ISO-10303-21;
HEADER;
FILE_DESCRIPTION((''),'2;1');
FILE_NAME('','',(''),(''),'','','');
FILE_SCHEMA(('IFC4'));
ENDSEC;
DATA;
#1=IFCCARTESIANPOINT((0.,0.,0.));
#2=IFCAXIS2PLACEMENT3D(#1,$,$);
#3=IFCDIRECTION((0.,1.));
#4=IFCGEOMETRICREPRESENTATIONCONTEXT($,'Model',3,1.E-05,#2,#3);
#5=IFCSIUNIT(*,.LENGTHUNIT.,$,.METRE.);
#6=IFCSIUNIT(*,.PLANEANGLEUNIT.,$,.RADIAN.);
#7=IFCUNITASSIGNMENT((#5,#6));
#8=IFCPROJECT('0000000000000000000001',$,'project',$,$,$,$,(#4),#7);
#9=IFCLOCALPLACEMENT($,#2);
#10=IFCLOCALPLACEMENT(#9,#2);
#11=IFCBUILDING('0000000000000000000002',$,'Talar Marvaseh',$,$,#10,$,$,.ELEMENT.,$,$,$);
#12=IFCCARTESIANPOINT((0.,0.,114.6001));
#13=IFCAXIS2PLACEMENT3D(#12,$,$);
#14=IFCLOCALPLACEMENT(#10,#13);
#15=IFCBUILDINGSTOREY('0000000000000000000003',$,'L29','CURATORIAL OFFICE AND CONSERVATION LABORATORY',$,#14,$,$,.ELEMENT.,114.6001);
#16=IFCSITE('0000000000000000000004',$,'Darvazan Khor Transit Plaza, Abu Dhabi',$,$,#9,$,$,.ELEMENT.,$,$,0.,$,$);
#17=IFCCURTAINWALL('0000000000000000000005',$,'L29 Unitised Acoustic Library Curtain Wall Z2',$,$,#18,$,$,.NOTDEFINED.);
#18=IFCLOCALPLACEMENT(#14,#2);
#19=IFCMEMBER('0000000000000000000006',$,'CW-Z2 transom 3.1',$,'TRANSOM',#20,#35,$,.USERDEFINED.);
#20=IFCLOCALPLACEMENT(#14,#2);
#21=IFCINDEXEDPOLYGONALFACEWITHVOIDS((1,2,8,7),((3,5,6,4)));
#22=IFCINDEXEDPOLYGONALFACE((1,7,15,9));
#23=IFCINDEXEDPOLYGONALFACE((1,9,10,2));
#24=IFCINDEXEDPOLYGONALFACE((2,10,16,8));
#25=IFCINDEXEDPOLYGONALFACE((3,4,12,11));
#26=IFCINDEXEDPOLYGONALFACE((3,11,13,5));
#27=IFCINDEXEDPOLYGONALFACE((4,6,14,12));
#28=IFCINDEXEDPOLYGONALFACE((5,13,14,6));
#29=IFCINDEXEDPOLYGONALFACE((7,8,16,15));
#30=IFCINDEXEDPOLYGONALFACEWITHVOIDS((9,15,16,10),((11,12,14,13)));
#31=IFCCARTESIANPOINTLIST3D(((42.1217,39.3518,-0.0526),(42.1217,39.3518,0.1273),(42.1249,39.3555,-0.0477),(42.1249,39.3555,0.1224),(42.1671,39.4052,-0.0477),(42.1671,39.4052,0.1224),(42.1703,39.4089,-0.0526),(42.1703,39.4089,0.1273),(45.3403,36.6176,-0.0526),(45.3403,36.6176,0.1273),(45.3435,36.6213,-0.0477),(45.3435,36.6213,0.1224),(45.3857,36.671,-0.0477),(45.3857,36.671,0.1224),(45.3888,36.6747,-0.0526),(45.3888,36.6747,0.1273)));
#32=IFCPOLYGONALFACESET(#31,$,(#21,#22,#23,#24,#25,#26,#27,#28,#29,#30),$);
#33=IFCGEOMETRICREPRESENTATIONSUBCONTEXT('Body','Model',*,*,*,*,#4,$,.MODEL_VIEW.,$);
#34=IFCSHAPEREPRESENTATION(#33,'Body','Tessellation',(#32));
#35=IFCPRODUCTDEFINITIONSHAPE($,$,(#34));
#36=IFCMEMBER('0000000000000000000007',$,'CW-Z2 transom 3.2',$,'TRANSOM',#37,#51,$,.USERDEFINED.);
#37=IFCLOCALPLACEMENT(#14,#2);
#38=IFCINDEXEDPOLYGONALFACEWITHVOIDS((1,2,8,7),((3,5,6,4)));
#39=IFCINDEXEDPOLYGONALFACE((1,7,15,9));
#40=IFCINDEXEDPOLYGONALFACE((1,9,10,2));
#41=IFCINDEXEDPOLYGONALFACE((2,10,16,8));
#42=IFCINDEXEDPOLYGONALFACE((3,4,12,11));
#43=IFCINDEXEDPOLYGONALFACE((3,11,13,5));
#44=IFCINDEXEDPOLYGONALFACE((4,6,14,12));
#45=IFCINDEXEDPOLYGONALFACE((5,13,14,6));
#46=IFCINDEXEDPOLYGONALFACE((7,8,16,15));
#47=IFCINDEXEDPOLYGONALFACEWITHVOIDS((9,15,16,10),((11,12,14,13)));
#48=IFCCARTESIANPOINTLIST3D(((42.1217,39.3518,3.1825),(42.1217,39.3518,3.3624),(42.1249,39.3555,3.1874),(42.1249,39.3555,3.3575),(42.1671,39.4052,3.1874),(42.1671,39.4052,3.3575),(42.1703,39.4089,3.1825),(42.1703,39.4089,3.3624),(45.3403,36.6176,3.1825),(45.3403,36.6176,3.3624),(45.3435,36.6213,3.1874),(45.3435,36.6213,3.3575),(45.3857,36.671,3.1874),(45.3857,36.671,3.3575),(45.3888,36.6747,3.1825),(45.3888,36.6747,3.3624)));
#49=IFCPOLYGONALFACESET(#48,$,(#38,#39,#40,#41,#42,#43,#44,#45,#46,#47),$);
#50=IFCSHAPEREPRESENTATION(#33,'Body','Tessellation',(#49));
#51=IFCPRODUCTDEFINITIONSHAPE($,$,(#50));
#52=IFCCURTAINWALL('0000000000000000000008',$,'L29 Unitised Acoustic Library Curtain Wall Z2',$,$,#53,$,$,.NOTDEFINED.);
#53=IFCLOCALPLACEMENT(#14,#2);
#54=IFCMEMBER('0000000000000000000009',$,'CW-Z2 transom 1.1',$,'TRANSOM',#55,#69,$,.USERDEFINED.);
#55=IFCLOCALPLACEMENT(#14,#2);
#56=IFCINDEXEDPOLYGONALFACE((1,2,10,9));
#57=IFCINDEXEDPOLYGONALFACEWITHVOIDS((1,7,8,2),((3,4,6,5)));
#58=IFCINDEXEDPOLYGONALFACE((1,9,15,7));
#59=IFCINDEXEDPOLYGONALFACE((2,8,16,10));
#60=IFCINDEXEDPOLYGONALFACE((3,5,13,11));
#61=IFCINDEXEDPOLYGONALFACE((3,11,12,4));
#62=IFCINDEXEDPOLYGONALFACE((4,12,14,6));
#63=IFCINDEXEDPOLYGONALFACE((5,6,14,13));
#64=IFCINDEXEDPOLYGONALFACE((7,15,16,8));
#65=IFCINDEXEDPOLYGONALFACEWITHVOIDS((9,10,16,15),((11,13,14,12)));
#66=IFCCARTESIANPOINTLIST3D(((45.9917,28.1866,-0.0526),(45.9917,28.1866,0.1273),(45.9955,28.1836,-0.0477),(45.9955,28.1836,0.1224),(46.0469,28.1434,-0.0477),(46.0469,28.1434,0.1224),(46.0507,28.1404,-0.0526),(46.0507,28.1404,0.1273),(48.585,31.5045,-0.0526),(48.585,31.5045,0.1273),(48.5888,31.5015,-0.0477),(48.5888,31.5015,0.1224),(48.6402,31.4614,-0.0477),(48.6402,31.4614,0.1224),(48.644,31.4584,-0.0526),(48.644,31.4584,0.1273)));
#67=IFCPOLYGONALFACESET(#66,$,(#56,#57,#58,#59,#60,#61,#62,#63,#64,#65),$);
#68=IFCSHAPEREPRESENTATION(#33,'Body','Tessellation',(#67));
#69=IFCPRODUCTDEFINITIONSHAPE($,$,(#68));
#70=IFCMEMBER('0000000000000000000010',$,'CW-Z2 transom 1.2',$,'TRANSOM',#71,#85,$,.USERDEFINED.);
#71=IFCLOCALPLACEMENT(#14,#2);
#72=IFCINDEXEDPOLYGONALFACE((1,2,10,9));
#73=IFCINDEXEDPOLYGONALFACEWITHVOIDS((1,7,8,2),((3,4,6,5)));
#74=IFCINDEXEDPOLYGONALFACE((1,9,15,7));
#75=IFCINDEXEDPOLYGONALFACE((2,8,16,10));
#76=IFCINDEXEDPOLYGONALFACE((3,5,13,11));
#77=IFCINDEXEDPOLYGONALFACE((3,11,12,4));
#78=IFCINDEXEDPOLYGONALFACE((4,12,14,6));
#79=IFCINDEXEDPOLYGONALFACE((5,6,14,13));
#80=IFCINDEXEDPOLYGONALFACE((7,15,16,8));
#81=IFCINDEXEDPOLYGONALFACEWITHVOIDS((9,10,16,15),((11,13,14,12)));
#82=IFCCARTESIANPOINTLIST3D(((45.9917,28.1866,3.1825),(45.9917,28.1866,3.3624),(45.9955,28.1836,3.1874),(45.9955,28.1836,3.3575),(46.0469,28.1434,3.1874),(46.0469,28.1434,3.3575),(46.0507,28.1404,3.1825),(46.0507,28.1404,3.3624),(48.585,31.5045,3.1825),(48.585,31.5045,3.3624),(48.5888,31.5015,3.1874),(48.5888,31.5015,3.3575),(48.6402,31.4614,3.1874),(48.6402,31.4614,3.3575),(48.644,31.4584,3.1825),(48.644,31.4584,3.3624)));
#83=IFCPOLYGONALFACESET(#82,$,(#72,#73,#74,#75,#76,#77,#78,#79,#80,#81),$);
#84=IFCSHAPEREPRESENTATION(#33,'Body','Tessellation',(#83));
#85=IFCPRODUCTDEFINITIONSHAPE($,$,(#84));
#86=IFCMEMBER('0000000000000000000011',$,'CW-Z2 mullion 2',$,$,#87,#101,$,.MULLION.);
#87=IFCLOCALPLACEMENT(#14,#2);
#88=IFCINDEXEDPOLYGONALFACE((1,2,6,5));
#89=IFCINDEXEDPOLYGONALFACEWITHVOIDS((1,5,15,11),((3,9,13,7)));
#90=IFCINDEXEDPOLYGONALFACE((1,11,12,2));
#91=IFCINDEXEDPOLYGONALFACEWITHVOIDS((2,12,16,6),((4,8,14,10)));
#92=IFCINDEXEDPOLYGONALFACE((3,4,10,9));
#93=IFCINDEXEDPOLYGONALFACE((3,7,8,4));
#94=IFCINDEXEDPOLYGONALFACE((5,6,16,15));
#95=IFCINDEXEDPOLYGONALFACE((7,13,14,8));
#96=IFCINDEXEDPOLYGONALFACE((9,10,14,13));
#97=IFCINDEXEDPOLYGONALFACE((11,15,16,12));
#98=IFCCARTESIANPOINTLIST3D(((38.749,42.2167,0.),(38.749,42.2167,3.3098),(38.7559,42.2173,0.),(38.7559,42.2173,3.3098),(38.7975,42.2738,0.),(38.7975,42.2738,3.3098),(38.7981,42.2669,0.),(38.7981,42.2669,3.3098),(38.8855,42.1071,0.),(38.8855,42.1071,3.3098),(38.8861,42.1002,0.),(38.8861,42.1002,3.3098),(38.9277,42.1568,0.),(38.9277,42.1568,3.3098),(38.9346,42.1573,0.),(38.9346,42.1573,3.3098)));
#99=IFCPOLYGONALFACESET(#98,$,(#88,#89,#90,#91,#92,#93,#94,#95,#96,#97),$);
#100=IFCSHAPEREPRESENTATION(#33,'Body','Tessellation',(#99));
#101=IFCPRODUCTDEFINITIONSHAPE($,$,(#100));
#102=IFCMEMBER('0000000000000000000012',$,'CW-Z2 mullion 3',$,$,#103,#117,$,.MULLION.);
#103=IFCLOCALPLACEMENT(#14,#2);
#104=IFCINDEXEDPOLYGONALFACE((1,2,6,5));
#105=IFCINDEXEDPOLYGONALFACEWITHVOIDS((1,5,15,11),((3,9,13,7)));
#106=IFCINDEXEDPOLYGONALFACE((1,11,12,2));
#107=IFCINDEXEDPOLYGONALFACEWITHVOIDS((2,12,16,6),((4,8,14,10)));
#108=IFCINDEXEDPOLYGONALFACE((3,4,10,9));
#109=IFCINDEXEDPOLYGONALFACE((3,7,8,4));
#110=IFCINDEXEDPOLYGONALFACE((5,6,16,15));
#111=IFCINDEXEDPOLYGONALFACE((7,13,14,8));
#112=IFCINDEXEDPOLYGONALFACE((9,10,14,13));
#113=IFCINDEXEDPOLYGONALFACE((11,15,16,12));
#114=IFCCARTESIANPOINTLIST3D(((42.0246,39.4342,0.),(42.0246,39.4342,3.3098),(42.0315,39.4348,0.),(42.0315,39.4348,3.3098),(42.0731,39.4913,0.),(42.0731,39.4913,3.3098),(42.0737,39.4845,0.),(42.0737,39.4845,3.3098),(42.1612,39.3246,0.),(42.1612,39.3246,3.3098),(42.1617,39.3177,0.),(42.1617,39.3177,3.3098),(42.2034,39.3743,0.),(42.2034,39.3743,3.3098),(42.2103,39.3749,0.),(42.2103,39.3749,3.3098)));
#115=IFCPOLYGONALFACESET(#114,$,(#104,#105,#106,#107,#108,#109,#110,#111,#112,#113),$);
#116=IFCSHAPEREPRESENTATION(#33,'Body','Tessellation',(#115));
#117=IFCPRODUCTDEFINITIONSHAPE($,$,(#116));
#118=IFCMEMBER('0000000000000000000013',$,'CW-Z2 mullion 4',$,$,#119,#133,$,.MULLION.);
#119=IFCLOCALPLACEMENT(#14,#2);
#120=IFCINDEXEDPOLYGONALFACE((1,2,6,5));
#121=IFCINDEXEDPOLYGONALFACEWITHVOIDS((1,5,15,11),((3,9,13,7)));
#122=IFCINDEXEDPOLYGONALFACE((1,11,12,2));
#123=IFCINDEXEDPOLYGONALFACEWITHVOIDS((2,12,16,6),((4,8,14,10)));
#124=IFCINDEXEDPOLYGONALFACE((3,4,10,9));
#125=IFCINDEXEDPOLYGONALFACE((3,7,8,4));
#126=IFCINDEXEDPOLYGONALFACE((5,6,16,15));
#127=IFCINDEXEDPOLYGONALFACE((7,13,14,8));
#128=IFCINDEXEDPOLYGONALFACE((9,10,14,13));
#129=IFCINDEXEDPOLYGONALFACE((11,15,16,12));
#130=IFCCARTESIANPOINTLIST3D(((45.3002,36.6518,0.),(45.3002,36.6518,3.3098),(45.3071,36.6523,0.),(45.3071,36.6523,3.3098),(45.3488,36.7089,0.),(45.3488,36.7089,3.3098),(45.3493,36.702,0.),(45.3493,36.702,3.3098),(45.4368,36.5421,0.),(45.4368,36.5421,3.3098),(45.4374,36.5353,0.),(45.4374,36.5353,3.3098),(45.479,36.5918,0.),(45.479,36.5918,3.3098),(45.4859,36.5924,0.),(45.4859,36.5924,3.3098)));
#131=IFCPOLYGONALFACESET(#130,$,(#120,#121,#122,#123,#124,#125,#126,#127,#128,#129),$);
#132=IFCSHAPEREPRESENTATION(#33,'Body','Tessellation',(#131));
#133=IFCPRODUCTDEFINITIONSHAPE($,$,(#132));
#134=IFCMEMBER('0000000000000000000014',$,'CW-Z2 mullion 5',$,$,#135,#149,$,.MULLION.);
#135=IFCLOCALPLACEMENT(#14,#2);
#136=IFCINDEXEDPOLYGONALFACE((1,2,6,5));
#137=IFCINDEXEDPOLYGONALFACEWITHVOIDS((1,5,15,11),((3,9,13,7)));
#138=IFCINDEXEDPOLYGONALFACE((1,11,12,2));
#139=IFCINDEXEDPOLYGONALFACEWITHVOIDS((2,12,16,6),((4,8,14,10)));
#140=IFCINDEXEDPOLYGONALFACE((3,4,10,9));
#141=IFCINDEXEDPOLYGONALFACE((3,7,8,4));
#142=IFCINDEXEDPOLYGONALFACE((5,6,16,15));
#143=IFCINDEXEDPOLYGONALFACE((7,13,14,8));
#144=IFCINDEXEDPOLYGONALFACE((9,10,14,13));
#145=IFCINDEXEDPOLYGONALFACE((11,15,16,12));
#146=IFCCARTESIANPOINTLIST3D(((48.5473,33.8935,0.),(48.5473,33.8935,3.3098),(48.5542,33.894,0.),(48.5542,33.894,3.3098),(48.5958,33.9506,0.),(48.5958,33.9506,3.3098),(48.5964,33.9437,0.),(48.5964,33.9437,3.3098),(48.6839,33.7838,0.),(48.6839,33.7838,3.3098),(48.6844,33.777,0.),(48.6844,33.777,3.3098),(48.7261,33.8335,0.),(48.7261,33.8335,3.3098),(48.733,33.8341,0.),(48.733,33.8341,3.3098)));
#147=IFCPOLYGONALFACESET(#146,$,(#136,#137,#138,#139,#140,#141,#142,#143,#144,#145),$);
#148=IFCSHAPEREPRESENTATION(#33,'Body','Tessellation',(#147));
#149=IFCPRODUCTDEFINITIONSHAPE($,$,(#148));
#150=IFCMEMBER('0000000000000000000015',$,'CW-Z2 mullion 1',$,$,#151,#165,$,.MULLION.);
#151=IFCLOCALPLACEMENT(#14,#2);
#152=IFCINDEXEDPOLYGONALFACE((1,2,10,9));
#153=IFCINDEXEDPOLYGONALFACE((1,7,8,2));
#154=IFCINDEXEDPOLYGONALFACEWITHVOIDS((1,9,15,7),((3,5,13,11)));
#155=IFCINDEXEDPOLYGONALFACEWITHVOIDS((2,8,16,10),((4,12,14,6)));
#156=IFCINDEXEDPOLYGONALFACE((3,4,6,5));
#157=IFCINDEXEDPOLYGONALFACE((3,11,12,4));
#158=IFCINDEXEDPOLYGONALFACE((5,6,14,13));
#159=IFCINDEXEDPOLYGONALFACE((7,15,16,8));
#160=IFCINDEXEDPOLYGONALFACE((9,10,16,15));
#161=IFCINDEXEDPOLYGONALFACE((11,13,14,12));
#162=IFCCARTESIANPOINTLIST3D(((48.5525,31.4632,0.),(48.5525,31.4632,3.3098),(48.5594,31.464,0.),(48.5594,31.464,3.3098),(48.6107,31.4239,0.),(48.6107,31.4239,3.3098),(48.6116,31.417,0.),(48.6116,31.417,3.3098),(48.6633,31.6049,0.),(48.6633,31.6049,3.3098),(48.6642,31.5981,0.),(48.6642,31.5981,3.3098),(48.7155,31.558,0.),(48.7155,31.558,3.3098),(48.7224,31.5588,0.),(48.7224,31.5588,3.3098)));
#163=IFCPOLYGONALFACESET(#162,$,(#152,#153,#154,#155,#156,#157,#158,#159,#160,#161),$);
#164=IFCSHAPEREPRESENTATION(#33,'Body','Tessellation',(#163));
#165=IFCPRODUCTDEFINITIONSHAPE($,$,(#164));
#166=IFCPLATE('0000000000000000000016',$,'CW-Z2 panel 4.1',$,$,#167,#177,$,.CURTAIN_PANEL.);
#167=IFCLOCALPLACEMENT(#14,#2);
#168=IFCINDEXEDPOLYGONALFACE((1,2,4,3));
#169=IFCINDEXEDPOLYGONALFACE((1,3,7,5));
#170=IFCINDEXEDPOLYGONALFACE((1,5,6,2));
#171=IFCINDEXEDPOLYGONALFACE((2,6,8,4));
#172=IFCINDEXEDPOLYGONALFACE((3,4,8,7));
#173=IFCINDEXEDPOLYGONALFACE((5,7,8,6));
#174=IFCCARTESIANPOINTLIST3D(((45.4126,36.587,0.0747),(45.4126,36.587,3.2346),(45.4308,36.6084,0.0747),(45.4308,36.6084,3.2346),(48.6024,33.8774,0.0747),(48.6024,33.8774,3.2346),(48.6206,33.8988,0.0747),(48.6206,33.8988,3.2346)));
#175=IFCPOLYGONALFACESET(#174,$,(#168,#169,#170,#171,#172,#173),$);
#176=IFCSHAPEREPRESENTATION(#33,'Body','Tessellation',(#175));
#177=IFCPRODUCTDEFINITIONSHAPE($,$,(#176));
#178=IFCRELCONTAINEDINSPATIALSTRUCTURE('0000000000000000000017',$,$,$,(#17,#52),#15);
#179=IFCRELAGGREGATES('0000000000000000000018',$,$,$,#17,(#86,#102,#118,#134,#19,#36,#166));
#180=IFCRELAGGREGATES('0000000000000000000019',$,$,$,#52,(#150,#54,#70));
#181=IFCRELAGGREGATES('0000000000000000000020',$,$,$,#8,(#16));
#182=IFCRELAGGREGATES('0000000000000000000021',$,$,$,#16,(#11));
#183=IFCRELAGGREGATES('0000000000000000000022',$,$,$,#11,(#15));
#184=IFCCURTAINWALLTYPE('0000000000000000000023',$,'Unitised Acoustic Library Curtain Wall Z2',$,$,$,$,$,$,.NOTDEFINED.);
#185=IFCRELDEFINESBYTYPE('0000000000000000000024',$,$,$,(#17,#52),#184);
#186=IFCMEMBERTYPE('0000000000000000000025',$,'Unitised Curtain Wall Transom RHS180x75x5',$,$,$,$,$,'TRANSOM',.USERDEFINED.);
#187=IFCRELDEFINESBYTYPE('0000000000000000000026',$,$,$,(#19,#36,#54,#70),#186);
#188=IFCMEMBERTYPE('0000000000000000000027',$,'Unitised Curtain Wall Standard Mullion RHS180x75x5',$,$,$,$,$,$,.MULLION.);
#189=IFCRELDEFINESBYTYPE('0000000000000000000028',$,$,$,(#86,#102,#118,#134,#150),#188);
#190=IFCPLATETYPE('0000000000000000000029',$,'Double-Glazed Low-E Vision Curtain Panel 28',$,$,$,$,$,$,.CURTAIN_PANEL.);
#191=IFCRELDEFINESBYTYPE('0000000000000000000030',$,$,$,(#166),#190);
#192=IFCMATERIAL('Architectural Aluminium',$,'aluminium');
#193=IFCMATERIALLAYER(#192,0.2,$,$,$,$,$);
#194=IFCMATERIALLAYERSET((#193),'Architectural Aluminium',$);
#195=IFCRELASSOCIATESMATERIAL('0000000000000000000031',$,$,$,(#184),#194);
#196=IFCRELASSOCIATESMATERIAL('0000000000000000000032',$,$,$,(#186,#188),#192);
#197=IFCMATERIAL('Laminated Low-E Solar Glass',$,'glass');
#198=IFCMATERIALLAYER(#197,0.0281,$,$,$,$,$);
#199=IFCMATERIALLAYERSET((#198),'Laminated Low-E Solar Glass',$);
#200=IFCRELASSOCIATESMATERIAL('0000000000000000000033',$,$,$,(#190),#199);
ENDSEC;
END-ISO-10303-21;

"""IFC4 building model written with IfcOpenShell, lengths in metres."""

from ifc_helpers import new_model, si_unit, direction, frame, origin, origin_2d, place, context, subcontext, project, spatial, rectangle, hollow_rectangle, extrude, source, transform, mapped, material, layer, layer_set, material_profile, profile_set, type_object, type_shapes, element, aggregate, save


model = new_model("IFC4")

# Units and contexts
model_context = context("Model", 3, precision=1e-05, world=origin(), true_north=direction((0.0, 1.0)))
body_context = subcontext(model_context, "Body", "Model", "MODEL_VIEW")
ifc_project = project(units=[si_unit("LENGTHUNIT", "METRE"), si_unit("PLANEANGLEUNIT", "RADIAN")], contexts=[model_context])

# Site, building, storey
site_placement = place(None, origin())
site = spatial("IfcSite", under=ifc_project, at=site_placement, Name="Darvazan Khor Transit Plaza, Abu Dhabi", CompositionType="ELEMENT", RefElevation=0.0)
building_placement = place(site_placement, origin())
building = spatial("IfcBuilding", under=site, at=building_placement, Name="Talar Marvaseh", CompositionType="ELEMENT")
storey_placement = place(building_placement, frame((0.0, 0.0, 114.6001)))
storey = spatial("IfcBuildingStorey", under=building, at=storey_placement, Name="L29", Description="CURATORIAL OFFICE AND CONSERVATION LABORATORY", CompositionType="ELEMENT", Elevation=114.6001)

# Curtain walls, members
ifc_material_1 = material(Name="Architectural Aluminium", Category="aluminium")
ifc_layer_1 = layer(ifc_material_1, 0.2)
ifc_layer_set_1 = layer_set([ifc_layer_1], Name="Architectural Aluminium")
curtain_wall_type = type_object("IfcCurtainWallType", Name="Unitised Acoustic Library Curtain Wall Z2", PredefinedType="NOTDEFINED", material=ifc_layer_set_1)
curtain_wall_1_placement = place(storey_placement, origin())
curtain_wall_1 = element("IfcCurtainWall", 1, at=curtain_wall_1_placement, inside=storey, type_object=curtain_wall_type, Name="L29 Unitised Acoustic Library Curtain Wall Z2", PredefinedType="NOTDEFINED")
ifc_material_profile_1 = material_profile(ifc_material_1, hollow_rectangle(XDim=0.075, YDim=0.1799, WallThickness=0.0049, at=origin_2d()), Name="RHS180x75x5")
ifc_profile_set_1 = profile_set([ifc_material_profile_1], Name="Architectural Aluminium")
member_type_1 = type_object("IfcMemberType", Name="Unitised Curtain Wall Transom RHS180x75x5", ElementType="TRANSOM", PredefinedType="USERDEFINED", material=ifc_profile_set_1)
shared_shape_1 = source(origin(), body_context, "Body", "SweptSolid", [
    extrude(hollow_rectangle(XDim=0.075, YDim=0.1799, WallThickness=0.0049, at=origin_2d()), origin(), (0.0, 0.0, 1.0), 4.2231),
])
member_1_placement = place(storey_placement, frame((42.146, 39.3804, 0.0374), z_axis=(0.762126, -0.647429, 0.0), x_axis=(0.647429, 0.762126, 0.0)))
member_1 = element("IfcMember", 2, at=member_1_placement, type_object=member_type_1, Name="CW-Z2 transom 3.1", ObjectType="TRANSOM", PredefinedType="USERDEFINED", context=body_context, shape_type="MappedRepresentation", body=[
    mapped(shared_shape_1, transform((0.0, 0.0, 0.0), x_axis=(1.0, 0.0, 0.0), y_axis=(0.0, 1.0, 0.0), z_axis=(0.0, 0.0, 1.0), scale=1.0)),
])
member_2_placement = place(storey_placement, frame((42.146, 39.3804, 3.2725), z_axis=(0.762126, -0.647429, 0.0), x_axis=(0.647429, 0.762126, 0.0)))
member_2 = element("IfcMember", 3, at=member_2_placement, type_object=member_type_1, Name="CW-Z2 transom 3.2", ObjectType="TRANSOM", PredefinedType="USERDEFINED", context=body_context, shape_type="MappedRepresentation", body=[
    mapped(shared_shape_1, transform((0.0, 0.0, 0.0), x_axis=(1.0, 0.0, 0.0), y_axis=(0.0, 1.0, 0.0), z_axis=(0.0, 0.0, 1.0), scale=1.0)),
])
curtain_wall_2_placement = place(storey_placement, origin())
curtain_wall_2 = element("IfcCurtainWall", 4, at=curtain_wall_2_placement, inside=storey, type_object=curtain_wall_type, Name="L29 Unitised Acoustic Library Curtain Wall Z2", PredefinedType="NOTDEFINED")
shared_shape_2 = source(origin(), body_context, "Body", "SweptSolid", [
    extrude(hollow_rectangle(XDim=0.075, YDim=0.1799, WallThickness=0.0049, at=origin_2d()), origin(), (0.0, 0.0, 1.0), 4.2112),
])
member_3_placement = place(storey_placement, frame((48.6145, 31.4814, 0.0374), z_axis=(-0.615817, -0.787889, 0.0), x_axis=(0.787889, -0.615817, 0.0)))
member_3 = element("IfcMember", 5, at=member_3_placement, type_object=member_type_1, Name="CW-Z2 transom 1.1", ObjectType="TRANSOM", PredefinedType="USERDEFINED", context=body_context, shape_type="MappedRepresentation", body=[
    mapped(shared_shape_2, transform((0.0, 0.0, 0.0), x_axis=(1.0, 0.0, 0.0), y_axis=(0.0, 1.0, 0.0), z_axis=(0.0, 0.0, 1.0), scale=1.0)),
])
member_4_placement = place(storey_placement, frame((48.6145, 31.4814, 3.2725), z_axis=(-0.615817, -0.787889, 0.0), x_axis=(0.787889, -0.615817, 0.0)))
member_4 = element("IfcMember", 6, at=member_4_placement, type_object=member_type_1, Name="CW-Z2 transom 1.2", ObjectType="TRANSOM", PredefinedType="USERDEFINED", context=body_context, shape_type="MappedRepresentation", body=[
    mapped(shared_shape_2, transform((0.0, 0.0, 0.0), x_axis=(1.0, 0.0, 0.0), y_axis=(0.0, 1.0, 0.0), z_axis=(0.0, 0.0, 1.0), scale=1.0)),
])

# Members
ifc_material_profile_2 = material_profile(ifc_material_1, hollow_rectangle(XDim=0.075, YDim=0.1799, WallThickness=0.0049, at=origin_2d()), Name="RHS180x75x5")
ifc_profile_set_2 = profile_set([ifc_material_profile_2], Name="Architectural Aluminium")
member_type_2 = type_object("IfcMemberType", Name="Unitised Curtain Wall Standard Mullion RHS180x75x5", PredefinedType="MULLION", material=ifc_profile_set_2)
shared_shape_3 = source(origin(), body_context, "Body", "SweptSolid", [
    extrude(hollow_rectangle(XDim=0.075, YDim=0.1799, WallThickness=0.0049, at=origin_2d()), origin(), (0.0, 0.0, 1.0), 3.3098),
])
type_shapes(member_type_2, [shared_shape_3])
member_5_placement = place(storey_placement, frame((38.8418, 42.187, 0.0), z_axis=(0.0, 0.0, 1.0), x_axis=(0.647404, 0.762147, 0.0)))
member_5 = element("IfcMember", 7, at=member_5_placement, type_object=member_type_2, Name="CW-Z2 mullion 2", PredefinedType="MULLION", context=body_context, shape_type="MappedRepresentation", body=[
    mapped(shared_shape_3, transform((0.0, 0.0, 0.0), x_axis=(1.0, 0.0, 0.0), y_axis=(0.0, 1.0, 0.0), z_axis=(0.0, 0.0, 1.0), scale=1.0)),
])
member_6_placement = place(storey_placement, frame((42.1174, 39.4045, 0.0), z_axis=(0.0, 0.0, 1.0), x_axis=(0.647404, 0.762147, 0.0)))
member_6 = element("IfcMember", 8, at=member_6_placement, type_object=member_type_2, Name="CW-Z2 mullion 3", PredefinedType="MULLION", context=body_context, shape_type="MappedRepresentation", body=[
    mapped(shared_shape_3, transform((0.0, 0.0, 0.0), x_axis=(1.0, 0.0, 0.0), y_axis=(0.0, 1.0, 0.0), z_axis=(0.0, 0.0, 1.0), scale=1.0)),
])
member_7_placement = place(storey_placement, frame((45.3931, 36.6221, 0.0), z_axis=(0.0, 0.0, 1.0), x_axis=(0.647404, 0.762147, 0.0)))
member_7 = element("IfcMember", 9, at=member_7_placement, type_object=member_type_2, Name="CW-Z2 mullion 4", PredefinedType="MULLION", context=body_context, shape_type="MappedRepresentation", body=[
    mapped(shared_shape_3, transform((0.0, 0.0, 0.0), x_axis=(1.0, 0.0, 0.0), y_axis=(0.0, 1.0, 0.0), z_axis=(0.0, 0.0, 1.0), scale=1.0)),
])
member_8_placement = place(storey_placement, frame((48.6401, 33.8638, 0.0), z_axis=(0.0, 0.0, 1.0), x_axis=(0.647404, 0.762147, 0.0)))
member_8 = element("IfcMember", 10, at=member_8_placement, type_object=member_type_2, Name="CW-Z2 mullion 5", PredefinedType="MULLION", context=body_context, shape_type="MappedRepresentation", body=[
    mapped(shared_shape_3, transform((0.0, 0.0, 0.0), x_axis=(1.0, 0.0, 0.0), y_axis=(0.0, 1.0, 0.0), z_axis=(0.0, 0.0, 1.0), scale=1.0)),
])
member_9_placement = place(storey_placement, frame((48.6375, 31.511, 0.0), z_axis=(0.0, 0.0, 1.0), x_axis=(0.787916, -0.615783, 0.0)))
member_9 = element("IfcMember", 11, at=member_9_placement, type_object=member_type_2, Name="CW-Z2 mullion 1", PredefinedType="MULLION", context=body_context, shape_type="MappedRepresentation", body=[
    mapped(shared_shape_3, transform((0.0, 0.0, 0.0), x_axis=(1.0, 0.0, 0.0), y_axis=(0.0, 1.0, 0.0), z_axis=(0.0, 0.0, 1.0), scale=1.0)),
])

# Plate
ifc_material_2 = material(Name="Laminated Low-E Solar Glass", Category="glass")
ifc_layer_2 = layer(ifc_material_2, 0.0281)
ifc_layer_set_2 = layer_set([ifc_layer_2], Name="Laminated Low-E Solar Glass")
plate_type = type_object("IfcPlateType", Name="Double-Glazed Low-E Vision Curtain Panel 28", PredefinedType="CURTAIN_PANEL", material=ifc_layer_set_2)
shared_shape_4 = source(origin(), body_context, "Body", "SweptSolid", [
    extrude(rectangle(XDim=4.1853, YDim=0.0281, at=origin_2d()), origin(), (0.0, 0.0, 1.0), 3.1599),
])
plate_1_placement = place(storey_placement, frame((47.0166, 35.2429, 0.0747), z_axis=(0.0, 0.0, 1.0), x_axis=(0.762147, -0.647404, 0.0)))
plate_1 = element("IfcPlate", 12, at=plate_1_placement, type_object=plate_type, Name="CW-Z2 panel 4.1", PredefinedType="CURTAIN_PANEL", context=body_context, shape_type="MappedRepresentation", body=[
    mapped(shared_shape_4, transform((0.0, 0.0, 0.0), x_axis=(1.0, 0.0, 0.0), y_axis=(0.0, 1.0, 0.0), z_axis=(0.0, 0.0, 1.0), scale=1.0)),
])
aggregate(curtain_wall_1, [member_5, member_6, member_7, member_8, member_1, member_2, plate_1])
aggregate(curtain_wall_2, [member_9, member_3, member_4])

save(model, "model.ifc")
